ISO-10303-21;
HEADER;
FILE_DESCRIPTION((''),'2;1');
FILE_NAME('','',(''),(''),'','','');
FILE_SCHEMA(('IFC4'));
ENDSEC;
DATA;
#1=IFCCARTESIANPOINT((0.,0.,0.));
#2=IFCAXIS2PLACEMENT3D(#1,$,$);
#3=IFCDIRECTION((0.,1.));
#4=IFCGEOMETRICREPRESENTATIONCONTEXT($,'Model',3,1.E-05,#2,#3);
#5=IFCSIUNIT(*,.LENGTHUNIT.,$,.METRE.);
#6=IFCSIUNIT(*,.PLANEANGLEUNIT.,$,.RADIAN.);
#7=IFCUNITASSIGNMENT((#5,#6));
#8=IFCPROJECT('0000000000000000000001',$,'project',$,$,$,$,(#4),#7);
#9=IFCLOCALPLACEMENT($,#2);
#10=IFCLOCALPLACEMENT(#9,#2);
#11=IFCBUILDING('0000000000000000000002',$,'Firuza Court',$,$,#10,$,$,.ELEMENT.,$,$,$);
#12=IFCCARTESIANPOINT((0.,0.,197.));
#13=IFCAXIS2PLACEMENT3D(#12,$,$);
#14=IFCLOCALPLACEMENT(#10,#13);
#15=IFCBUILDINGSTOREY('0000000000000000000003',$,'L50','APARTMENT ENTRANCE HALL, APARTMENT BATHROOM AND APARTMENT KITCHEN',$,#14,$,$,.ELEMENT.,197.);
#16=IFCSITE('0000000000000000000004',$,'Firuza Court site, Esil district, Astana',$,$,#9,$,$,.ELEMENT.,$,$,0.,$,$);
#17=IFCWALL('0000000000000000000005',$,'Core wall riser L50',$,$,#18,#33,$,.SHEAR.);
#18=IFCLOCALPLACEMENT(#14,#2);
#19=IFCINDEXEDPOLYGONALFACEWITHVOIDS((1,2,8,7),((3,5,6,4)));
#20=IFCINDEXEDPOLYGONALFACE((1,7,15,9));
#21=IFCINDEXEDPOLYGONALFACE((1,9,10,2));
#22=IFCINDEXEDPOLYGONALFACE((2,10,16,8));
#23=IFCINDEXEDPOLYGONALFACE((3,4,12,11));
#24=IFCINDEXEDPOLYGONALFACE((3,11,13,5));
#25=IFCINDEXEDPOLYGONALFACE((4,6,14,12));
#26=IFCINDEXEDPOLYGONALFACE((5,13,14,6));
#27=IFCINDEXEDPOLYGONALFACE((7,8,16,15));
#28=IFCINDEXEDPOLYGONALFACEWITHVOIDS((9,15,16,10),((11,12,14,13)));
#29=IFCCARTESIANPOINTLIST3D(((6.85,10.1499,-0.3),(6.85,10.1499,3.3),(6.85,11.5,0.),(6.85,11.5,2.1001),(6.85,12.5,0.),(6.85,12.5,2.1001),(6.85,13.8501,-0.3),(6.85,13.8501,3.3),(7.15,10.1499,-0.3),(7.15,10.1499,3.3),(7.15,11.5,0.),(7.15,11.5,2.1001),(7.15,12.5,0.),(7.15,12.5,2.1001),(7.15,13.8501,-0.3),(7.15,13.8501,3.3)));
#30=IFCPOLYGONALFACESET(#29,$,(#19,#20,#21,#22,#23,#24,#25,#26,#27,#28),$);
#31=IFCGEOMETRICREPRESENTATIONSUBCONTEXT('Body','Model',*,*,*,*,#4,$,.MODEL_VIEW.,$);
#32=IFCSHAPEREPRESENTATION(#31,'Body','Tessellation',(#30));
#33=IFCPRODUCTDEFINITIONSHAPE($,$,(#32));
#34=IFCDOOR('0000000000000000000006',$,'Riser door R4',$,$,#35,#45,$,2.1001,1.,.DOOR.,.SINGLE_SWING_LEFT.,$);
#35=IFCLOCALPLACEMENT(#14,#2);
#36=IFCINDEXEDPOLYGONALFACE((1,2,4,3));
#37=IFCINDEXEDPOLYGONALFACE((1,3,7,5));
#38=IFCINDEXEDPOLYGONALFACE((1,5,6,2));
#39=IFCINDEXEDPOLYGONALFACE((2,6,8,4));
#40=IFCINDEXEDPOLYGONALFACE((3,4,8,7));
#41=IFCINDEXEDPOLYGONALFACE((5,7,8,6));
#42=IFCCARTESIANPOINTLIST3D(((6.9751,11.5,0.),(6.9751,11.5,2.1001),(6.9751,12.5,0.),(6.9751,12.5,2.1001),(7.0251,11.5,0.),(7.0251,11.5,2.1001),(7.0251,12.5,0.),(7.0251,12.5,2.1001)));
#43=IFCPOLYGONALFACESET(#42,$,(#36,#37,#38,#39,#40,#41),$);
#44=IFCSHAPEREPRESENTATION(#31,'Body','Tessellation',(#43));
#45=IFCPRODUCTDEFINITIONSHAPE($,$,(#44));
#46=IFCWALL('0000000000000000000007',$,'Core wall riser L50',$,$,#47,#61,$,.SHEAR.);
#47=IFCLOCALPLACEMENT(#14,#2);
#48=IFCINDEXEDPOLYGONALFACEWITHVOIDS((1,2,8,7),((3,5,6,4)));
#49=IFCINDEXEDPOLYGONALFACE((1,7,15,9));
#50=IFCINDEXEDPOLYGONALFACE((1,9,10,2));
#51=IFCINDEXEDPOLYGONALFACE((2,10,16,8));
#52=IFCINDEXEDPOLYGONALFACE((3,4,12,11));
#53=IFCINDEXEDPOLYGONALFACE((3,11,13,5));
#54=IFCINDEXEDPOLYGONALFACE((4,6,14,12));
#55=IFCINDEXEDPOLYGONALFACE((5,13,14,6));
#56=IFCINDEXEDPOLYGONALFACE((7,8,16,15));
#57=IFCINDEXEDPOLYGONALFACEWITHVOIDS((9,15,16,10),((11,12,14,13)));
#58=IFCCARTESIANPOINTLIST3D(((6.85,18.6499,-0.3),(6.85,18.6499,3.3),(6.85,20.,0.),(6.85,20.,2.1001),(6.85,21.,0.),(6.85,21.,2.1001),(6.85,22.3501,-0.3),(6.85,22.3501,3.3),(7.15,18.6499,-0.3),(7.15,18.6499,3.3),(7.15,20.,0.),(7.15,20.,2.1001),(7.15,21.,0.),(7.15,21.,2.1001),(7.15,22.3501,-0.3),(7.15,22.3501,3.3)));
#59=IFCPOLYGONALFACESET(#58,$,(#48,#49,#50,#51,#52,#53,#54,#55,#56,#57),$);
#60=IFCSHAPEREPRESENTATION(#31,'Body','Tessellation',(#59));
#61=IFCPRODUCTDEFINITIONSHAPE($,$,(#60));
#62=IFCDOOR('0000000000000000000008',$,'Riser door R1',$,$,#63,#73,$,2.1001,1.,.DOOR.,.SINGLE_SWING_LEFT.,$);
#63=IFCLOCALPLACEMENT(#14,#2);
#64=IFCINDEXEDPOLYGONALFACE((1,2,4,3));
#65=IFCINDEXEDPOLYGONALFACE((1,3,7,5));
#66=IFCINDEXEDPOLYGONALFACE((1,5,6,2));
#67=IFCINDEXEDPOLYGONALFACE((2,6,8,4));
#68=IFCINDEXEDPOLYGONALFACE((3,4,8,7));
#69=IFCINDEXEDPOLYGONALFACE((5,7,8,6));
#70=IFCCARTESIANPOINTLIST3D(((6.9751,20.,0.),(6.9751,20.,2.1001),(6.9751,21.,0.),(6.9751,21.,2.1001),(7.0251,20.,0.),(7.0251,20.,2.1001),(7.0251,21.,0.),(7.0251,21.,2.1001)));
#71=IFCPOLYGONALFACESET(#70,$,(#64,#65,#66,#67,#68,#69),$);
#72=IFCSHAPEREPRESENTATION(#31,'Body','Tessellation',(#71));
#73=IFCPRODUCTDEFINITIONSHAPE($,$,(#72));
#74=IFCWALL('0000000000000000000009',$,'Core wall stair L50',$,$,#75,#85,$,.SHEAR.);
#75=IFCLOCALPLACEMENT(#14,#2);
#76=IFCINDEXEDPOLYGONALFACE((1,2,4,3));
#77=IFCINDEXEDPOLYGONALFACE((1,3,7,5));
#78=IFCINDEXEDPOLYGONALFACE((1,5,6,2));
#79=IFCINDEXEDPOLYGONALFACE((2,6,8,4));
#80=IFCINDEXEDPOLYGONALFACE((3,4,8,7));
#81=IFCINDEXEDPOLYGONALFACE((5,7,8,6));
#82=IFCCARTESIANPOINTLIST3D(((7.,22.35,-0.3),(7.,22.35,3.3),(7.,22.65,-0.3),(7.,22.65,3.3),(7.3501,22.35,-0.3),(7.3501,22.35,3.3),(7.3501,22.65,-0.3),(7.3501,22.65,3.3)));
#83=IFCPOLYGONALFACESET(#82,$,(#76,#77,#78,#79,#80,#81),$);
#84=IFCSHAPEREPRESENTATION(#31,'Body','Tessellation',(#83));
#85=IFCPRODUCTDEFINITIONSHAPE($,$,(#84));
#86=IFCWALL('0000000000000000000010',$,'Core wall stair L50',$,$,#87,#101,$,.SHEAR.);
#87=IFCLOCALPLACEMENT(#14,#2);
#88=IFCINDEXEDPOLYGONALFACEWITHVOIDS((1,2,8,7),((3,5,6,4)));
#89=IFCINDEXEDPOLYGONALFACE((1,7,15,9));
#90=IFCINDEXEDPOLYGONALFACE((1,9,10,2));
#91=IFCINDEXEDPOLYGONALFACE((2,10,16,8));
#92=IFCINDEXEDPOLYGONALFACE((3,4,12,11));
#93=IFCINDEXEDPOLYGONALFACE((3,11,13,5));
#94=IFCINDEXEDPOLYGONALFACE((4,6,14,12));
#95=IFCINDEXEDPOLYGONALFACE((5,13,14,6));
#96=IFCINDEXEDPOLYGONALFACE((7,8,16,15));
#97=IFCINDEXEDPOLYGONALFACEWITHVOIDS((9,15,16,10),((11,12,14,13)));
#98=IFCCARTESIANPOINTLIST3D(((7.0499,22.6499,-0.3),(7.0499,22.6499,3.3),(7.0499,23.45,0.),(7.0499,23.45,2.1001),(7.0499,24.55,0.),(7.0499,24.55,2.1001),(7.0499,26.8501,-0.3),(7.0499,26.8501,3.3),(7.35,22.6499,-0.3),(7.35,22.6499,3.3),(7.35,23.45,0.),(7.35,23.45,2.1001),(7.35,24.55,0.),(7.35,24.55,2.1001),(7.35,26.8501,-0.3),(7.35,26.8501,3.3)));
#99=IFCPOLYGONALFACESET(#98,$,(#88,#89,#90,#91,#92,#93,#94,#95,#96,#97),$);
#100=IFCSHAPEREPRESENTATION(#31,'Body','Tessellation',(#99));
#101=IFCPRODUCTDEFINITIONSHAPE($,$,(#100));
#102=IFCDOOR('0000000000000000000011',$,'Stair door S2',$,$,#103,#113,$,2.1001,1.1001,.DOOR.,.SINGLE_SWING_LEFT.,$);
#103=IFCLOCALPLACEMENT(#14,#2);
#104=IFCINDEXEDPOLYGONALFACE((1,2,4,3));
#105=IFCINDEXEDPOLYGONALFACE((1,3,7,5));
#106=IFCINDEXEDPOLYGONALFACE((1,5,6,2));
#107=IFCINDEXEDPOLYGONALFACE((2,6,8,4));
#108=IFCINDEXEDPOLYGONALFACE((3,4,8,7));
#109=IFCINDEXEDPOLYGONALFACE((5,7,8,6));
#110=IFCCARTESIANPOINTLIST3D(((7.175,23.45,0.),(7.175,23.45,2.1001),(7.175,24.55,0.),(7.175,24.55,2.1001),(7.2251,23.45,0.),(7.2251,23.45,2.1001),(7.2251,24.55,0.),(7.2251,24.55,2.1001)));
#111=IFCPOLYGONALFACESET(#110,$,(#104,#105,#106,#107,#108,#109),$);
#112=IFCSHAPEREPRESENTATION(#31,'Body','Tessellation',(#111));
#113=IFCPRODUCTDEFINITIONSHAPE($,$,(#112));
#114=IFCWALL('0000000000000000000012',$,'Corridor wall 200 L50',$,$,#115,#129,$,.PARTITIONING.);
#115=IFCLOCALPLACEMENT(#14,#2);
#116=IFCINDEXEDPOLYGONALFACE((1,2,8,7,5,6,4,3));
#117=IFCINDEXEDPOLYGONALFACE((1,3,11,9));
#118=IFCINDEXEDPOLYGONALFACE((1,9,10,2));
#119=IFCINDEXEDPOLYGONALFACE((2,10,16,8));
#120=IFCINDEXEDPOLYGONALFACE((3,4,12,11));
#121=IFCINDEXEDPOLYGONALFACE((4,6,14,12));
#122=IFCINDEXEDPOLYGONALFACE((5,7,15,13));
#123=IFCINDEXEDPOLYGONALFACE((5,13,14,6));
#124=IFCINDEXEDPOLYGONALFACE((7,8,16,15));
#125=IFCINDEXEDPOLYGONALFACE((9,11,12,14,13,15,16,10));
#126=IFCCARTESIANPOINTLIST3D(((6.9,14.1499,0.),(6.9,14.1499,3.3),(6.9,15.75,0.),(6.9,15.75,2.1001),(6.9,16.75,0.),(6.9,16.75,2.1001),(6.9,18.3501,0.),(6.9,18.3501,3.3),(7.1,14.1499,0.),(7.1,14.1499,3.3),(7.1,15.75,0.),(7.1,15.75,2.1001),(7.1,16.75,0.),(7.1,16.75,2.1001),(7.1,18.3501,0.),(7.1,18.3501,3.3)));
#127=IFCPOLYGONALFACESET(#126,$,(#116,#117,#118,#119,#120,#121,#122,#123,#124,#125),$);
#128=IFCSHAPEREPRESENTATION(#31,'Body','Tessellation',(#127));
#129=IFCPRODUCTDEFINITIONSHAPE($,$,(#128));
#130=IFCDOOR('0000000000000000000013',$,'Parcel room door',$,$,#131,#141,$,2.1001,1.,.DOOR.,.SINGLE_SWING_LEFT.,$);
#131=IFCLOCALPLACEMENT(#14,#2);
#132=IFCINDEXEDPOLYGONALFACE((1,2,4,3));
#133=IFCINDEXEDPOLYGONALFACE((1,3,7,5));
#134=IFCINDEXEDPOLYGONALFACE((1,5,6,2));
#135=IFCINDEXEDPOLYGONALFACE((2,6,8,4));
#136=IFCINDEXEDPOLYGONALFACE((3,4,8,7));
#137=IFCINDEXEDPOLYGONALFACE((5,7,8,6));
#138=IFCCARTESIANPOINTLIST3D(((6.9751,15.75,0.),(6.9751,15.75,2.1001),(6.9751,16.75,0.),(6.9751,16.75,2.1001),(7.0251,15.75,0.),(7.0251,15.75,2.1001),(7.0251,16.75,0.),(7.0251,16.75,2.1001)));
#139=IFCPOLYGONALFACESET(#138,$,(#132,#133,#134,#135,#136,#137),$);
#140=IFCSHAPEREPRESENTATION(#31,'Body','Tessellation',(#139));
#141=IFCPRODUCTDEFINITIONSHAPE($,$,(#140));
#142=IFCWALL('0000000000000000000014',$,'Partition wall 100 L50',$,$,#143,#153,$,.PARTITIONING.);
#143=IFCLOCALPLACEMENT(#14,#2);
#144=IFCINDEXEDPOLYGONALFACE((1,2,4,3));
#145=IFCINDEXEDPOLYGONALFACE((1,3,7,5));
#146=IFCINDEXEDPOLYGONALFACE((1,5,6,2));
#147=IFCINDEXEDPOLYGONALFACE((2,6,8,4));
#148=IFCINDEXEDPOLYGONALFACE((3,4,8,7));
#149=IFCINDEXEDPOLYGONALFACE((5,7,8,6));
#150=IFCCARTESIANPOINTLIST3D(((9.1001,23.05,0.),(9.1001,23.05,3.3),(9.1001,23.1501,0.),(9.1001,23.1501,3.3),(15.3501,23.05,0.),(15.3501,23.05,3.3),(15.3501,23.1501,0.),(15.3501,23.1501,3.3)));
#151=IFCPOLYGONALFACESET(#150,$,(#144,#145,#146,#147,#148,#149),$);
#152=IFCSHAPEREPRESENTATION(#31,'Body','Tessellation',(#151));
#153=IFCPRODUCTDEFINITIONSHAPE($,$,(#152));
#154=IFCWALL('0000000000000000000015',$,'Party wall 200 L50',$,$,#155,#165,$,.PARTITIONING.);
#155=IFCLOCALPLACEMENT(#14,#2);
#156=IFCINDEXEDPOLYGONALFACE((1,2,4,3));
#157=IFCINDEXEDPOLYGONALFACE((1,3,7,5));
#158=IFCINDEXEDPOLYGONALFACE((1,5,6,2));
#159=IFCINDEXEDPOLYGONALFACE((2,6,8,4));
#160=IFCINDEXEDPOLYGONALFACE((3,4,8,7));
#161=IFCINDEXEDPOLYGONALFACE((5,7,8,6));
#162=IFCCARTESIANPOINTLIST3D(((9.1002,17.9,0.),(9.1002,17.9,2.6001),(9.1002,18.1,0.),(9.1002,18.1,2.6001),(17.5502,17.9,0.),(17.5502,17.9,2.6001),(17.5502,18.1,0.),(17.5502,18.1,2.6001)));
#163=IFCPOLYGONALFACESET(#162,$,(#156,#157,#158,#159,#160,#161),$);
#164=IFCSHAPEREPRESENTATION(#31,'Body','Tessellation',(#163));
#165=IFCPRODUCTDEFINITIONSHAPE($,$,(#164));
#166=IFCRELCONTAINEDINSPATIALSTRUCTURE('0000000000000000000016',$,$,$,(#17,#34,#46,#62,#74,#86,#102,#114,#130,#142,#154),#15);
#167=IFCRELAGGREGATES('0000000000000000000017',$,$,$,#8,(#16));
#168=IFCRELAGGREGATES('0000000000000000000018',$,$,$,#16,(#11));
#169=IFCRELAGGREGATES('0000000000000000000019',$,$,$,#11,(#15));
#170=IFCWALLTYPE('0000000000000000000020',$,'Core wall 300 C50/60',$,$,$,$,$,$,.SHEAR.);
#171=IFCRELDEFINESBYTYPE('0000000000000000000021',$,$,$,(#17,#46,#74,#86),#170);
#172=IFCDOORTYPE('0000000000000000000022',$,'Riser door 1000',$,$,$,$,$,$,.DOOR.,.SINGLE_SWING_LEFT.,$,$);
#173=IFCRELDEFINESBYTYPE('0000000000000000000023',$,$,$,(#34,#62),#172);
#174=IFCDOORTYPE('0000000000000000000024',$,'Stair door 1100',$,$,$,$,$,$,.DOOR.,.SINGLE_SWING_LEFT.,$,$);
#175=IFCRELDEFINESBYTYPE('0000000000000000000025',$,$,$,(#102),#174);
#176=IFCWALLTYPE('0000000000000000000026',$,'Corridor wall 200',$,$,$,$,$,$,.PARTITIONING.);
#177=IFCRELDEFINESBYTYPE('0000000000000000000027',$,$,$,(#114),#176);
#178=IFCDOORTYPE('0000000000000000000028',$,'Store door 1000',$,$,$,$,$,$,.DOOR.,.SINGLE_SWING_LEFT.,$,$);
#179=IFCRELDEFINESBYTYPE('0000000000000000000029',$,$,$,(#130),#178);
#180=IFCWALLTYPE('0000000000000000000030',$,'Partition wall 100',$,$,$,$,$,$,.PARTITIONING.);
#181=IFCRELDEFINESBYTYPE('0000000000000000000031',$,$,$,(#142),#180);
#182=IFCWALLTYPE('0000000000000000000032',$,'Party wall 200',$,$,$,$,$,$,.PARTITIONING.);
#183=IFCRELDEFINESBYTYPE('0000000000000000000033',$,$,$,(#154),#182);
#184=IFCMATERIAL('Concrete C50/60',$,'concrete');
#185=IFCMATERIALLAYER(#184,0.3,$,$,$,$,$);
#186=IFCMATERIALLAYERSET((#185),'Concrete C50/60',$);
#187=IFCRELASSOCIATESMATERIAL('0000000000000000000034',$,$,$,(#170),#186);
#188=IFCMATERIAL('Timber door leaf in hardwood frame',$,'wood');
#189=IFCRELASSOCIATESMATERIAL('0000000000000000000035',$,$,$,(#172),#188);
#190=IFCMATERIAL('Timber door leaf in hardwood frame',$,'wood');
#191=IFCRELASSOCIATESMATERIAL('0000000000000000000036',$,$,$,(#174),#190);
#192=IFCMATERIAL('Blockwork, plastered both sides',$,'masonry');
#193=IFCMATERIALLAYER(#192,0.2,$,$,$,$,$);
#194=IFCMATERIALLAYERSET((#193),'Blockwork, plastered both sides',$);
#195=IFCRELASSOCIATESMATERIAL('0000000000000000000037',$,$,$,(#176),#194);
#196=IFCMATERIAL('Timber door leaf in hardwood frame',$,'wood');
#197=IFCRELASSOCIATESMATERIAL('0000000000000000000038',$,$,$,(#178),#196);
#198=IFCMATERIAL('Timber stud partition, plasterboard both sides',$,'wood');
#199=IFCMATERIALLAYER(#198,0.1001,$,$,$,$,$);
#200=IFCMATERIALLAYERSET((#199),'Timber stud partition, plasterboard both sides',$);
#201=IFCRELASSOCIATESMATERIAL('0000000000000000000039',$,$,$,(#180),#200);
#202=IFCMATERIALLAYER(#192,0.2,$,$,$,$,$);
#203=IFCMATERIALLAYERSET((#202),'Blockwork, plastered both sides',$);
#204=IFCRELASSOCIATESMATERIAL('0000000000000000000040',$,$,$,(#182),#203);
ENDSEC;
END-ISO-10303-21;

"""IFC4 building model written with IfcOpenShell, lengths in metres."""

from ifc_helpers import new_model, si_unit, direction, frame, frame_2d, origin, place, context, subcontext, project, spatial, rectangle, extrude, material, layer, layer_set, type_object, element, fill, save


model = new_model("IFC4")

# Units and contexts
model_context = context("Model", 3, precision=1e-05, world=origin(), true_north=direction((0.0, 1.0)))
body_context = subcontext(model_context, "Body", "Model", "MODEL_VIEW")
ifc_project = project(units=[si_unit("LENGTHUNIT", "METRE"), si_unit("PLANEANGLEUNIT", "RADIAN")], contexts=[model_context])

# Site, building, storey
site_placement = place(None, origin())
site = spatial("IfcSite", under=ifc_project, at=site_placement, Name="Firuza Court site, Esil district, Astana", CompositionType="ELEMENT", RefElevation=0.0)
building_placement = place(site_placement, origin())
building = spatial("IfcBuilding", under=site, at=building_placement, Name="Firuza Court", CompositionType="ELEMENT")
storey_placement = place(building_placement, frame((0.0, 0.0, 197.0)))
storey = spatial("IfcBuildingStorey", under=building, at=storey_placement, Name="L50", Description="APARTMENT ENTRANCE HALL, APARTMENT BATHROOM AND APARTMENT KITCHEN", CompositionType="ELEMENT", Elevation=197.0)

# Shared definitions
ifc_material_1 = material(Name="Concrete C50/60", Category="concrete")
ifc_layer_1 = layer(ifc_material_1, 0.3)
ifc_layer_set_1 = layer_set([ifc_layer_1], Name="Concrete C50/60")
wall_type_1 = type_object("IfcWallType", Name="Core wall 300 C50/60", PredefinedType="SHEAR", material=ifc_layer_set_1)

# Walls, openings, doors
wall_1_placement = place(storey_placement, frame((7.0, 10.1499, -0.3), z_axis=(0.0, 0.0, 1.0), x_axis=(0.0, 1.0, 0.0)))
wall_1 = element("IfcWall", 1, at=wall_1_placement, inside=storey, type_object=wall_type_1, Name="Core wall riser L50", PredefinedType="SHEAR", context=body_context, shape_type="SweptSolid", body=[
    extrude(rectangle(XDim=3.7002, YDim=0.3, at=frame_2d((1.8501, 0.0))), origin(), (0.0, 0.0, 1.0), 3.6001),
])
opening_1_placement = place(wall_1_placement, frame((1.3501, 0.0, 0.3)))
opening_1 = element("IfcOpeningElement", 2, at=opening_1_placement, cuts=wall_1, PredefinedType="OPENING", context=body_context, shape_type="SweptSolid", body=[
    extrude(rectangle(XDim=1.0, YDim=2.1001, at=frame_2d((0.5, 1.05))), frame((0.0, 0.1621, 0.0), z_axis=(0.0, -1.0, 0.0), x_axis=(1.0, 0.0, 0.0)), (0.0, 0.0, 1.0), 0.324),
])
ifc_material_2 = material(Name="Timber door leaf in hardwood frame", Category="wood")
door_type_1 = type_object("IfcDoorType", Name="Riser door 1000", OperationType="SINGLE_SWING_LEFT", PredefinedType="DOOR", material=ifc_material_2)
door_1_placement = place(opening_1_placement, origin())
door_1 = element("IfcDoor", 3, at=door_1_placement, inside=storey, type_object=door_type_1, Name="Riser door R4", OperationType="SINGLE_SWING_LEFT", OverallHeight=2.1001, OverallWidth=1.0, PredefinedType="DOOR", context=body_context, shape_type="SweptSolid", body=[
    extrude(rectangle(XDim=1.0, YDim=2.1001, at=frame_2d((0.5, 1.05))), frame((0.0, 0.0249, 0.0), z_axis=(0.0, -1.0, 0.0), x_axis=(1.0, 0.0, 0.0)), (0.0, 0.0, 1.0), 0.05),
])
fill(opening_1, door_1)
wall_2_placement = place(storey_placement, frame((7.0, 18.6499, -0.3), z_axis=(0.0, 0.0, 1.0), x_axis=(0.0, 1.0, 0.0)))
wall_2 = element("IfcWall", 4, at=wall_2_placement, inside=storey, type_object=wall_type_1, Name="Core wall riser L50", PredefinedType="SHEAR", context=body_context, shape_type="SweptSolid", body=[
    extrude(rectangle(XDim=3.7002, YDim=0.3, at=frame_2d((1.8501, 0.0))), origin(), (0.0, 0.0, 1.0), 3.6001),
])
opening_2_placement = place(wall_2_placement, frame((1.3501, 0.0, 0.3)))
opening_2 = element("IfcOpeningElement", 5, at=opening_2_placement, cuts=wall_2, PredefinedType="OPENING", context=body_context, shape_type="SweptSolid", body=[
    extrude(rectangle(XDim=1.0, YDim=2.1001, at=frame_2d((0.5, 1.05))), frame((0.0, 0.1621, 0.0), z_axis=(0.0, -1.0, 0.0), x_axis=(1.0, 0.0, 0.0)), (0.0, 0.0, 1.0), 0.324),
])
door_2_placement = place(opening_2_placement, origin())
door_2 = element("IfcDoor", 6, at=door_2_placement, inside=storey, type_object=door_type_1, Name="Riser door R1", OperationType="SINGLE_SWING_LEFT", OverallHeight=2.1001, OverallWidth=1.0, PredefinedType="DOOR", context=body_context, shape_type="SweptSolid", body=[
    extrude(rectangle(XDim=1.0, YDim=2.1001, at=frame_2d((0.5, 1.05))), frame((0.0, 0.0249, 0.0), z_axis=(0.0, -1.0, 0.0), x_axis=(1.0, 0.0, 0.0)), (0.0, 0.0, 1.0), 0.05),
])
fill(opening_2, door_2)

# Wall
wall_3_placement = place(storey_placement, frame((7.0, 22.5, -0.3), z_axis=(0.0, 0.0, 1.0), x_axis=(1.0, 0.0, 0.0)))
element("IfcWall", 7, at=wall_3_placement, inside=storey, type_object=wall_type_1, Name="Core wall stair L50", PredefinedType="SHEAR", context=body_context, shape_type="SweptSolid", body=[
    extrude(rectangle(XDim=0.3501, YDim=0.3, at=frame_2d((0.175, 0.0))), origin(), (0.0, 0.0, 1.0), 3.6001),
])

# Walls, openings, doors
wall_4_placement = place(storey_placement, frame((7.2, 22.6499, -0.3), z_axis=(0.0, 0.0, 1.0), x_axis=(0.0, 1.0, 0.0)))
wall_4 = element("IfcWall", 8, at=wall_4_placement, inside=storey, type_object=wall_type_1, Name="Core wall stair L50", PredefinedType="SHEAR", context=body_context, shape_type="SweptSolid", body=[
    extrude(rectangle(XDim=4.2002, YDim=0.3, at=frame_2d((2.1001, 0.0))), origin(), (0.0, 0.0, 1.0), 3.6001),
])
opening_3_placement = place(wall_4_placement, frame((0.8, 0.0, 0.3)))
opening_3 = element("IfcOpeningElement", 9, at=opening_3_placement, cuts=wall_4, PredefinedType="OPENING", context=body_context, shape_type="SweptSolid", body=[
    extrude(rectangle(XDim=1.1001, YDim=2.1001, at=frame_2d((0.55, 1.05))), frame((0.0, 0.1621, 0.0), z_axis=(0.0, -1.0, 0.0), x_axis=(1.0, 0.0, 0.0)), (0.0, 0.0, 1.0), 0.324),
])
ifc_material_3 = material(Name="Timber door leaf in hardwood frame", Category="wood")
door_type_2 = type_object("IfcDoorType", Name="Stair door 1100", OperationType="SINGLE_SWING_LEFT", PredefinedType="DOOR", material=ifc_material_3)
door_3_placement = place(opening_3_placement, origin())
door_3 = element("IfcDoor", 10, at=door_3_placement, inside=storey, type_object=door_type_2, Name="Stair door S2", OperationType="SINGLE_SWING_LEFT", OverallHeight=2.1001, OverallWidth=1.1001, PredefinedType="DOOR", context=body_context, shape_type="SweptSolid", body=[
    extrude(rectangle(XDim=1.1001, YDim=2.1001, at=frame_2d((0.55, 1.05))), frame((0.0, 0.0249, 0.0), z_axis=(0.0, -1.0, 0.0), x_axis=(1.0, 0.0, 0.0)), (0.0, 0.0, 1.0), 0.05),
])
fill(opening_3, door_3)
ifc_material_4 = material(Name="Blockwork, plastered both sides", Category="masonry")
ifc_layer_2 = layer(ifc_material_4, 0.2)
ifc_layer_set_2 = layer_set([ifc_layer_2], Name="Blockwork, plastered both sides")
wall_type_2 = type_object("IfcWallType", Name="Corridor wall 200", PredefinedType="PARTITIONING", material=ifc_layer_set_2)
wall_5_placement = place(storey_placement, frame((7.0, 14.1499, 0.0), z_axis=(0.0, 0.0, 1.0), x_axis=(0.0, 1.0, 0.0)))
wall_5 = element("IfcWall", 11, at=wall_5_placement, inside=storey, type_object=wall_type_2, Name="Corridor wall 200 L50", PredefinedType="PARTITIONING", context=body_context, shape_type="SweptSolid", body=[
    extrude(rectangle(XDim=4.2002, YDim=0.2, at=frame_2d((2.1001, 0.0))), origin(), (0.0, 0.0, 1.0), 3.3),
])
opening_4_placement = place(wall_5_placement, frame((1.6001, 0.0, 0.0)))
opening_4 = element("IfcOpeningElement", 12, at=opening_4_placement, cuts=wall_5, PredefinedType="OPENING", context=body_context, shape_type="SweptSolid", body=[
    extrude(rectangle(XDim=1.0, YDim=2.1001, at=frame_2d((0.5, 1.05))), frame((0.0, 0.1118, 0.0), z_axis=(0.0, -1.0, 0.0), x_axis=(1.0, 0.0, 0.0)), (0.0, 0.0, 1.0), 0.2239),
])
ifc_material_5 = material(Name="Timber door leaf in hardwood frame", Category="wood")
door_type_3 = type_object("IfcDoorType", Name="Store door 1000", OperationType="SINGLE_SWING_LEFT", PredefinedType="DOOR", material=ifc_material_5)
door_4_placement = place(opening_4_placement, origin())
door_4 = element("IfcDoor", 13, at=door_4_placement, inside=storey, type_object=door_type_3, Name="Parcel room door", OperationType="SINGLE_SWING_LEFT", OverallHeight=2.1001, OverallWidth=1.0, PredefinedType="DOOR", context=body_context, shape_type="SweptSolid", body=[
    extrude(rectangle(XDim=1.0, YDim=2.1001, at=frame_2d((0.5, 1.05))), frame((0.0, 0.0249, 0.0), z_axis=(0.0, -1.0, 0.0), x_axis=(1.0, 0.0, 0.0)), (0.0, 0.0, 1.0), 0.05),
])
fill(opening_4, door_4)

# Walls
ifc_material_6 = material(Name="Timber stud partition, plasterboard both sides", Category="wood")
ifc_layer_3 = layer(ifc_material_6, 0.1001)
ifc_layer_set_3 = layer_set([ifc_layer_3], Name="Timber stud partition, plasterboard both sides")
wall_type_3 = type_object("IfcWallType", Name="Partition wall 100", PredefinedType="PARTITIONING", material=ifc_layer_set_3)
wall_6_placement = place(storey_placement, frame((9.1001, 23.1001, 0.0), z_axis=(0.0, 0.0, 1.0), x_axis=(1.0, 0.0, 0.0)))
element("IfcWall", 14, at=wall_6_placement, inside=storey, type_object=wall_type_3, Name="Partition wall 100 L50", PredefinedType="PARTITIONING", context=body_context, shape_type="SweptSolid", body=[
    extrude(rectangle(XDim=6.25, YDim=0.1001, at=frame_2d((3.125, 0.0))), origin(), (0.0, 0.0, 1.0), 3.3),
])
ifc_layer_4 = layer(ifc_material_4, 0.2)
ifc_layer_set_4 = layer_set([ifc_layer_4], Name="Blockwork, plastered both sides")
wall_type_4 = type_object("IfcWallType", Name="Party wall 200", PredefinedType="PARTITIONING", material=ifc_layer_set_4)
wall_7_placement = place(storey_placement, frame((9.1001, 18.0, 0.0), z_axis=(0.0, 0.0, 1.0), x_axis=(1.0, 0.0, 0.0)))
element("IfcWall", 15, at=wall_7_placement, inside=storey, type_object=wall_type_4, Name="Party wall 200 L50", PredefinedType="PARTITIONING", context=body_context, shape_type="SweptSolid", body=[
    extrude(rectangle(XDim=8.45, YDim=0.2, at=frame_2d((4.2251, 0.0))), origin(), (0.0, 0.0, 1.0), 2.6001),
])

save(model, "model.ifc")
